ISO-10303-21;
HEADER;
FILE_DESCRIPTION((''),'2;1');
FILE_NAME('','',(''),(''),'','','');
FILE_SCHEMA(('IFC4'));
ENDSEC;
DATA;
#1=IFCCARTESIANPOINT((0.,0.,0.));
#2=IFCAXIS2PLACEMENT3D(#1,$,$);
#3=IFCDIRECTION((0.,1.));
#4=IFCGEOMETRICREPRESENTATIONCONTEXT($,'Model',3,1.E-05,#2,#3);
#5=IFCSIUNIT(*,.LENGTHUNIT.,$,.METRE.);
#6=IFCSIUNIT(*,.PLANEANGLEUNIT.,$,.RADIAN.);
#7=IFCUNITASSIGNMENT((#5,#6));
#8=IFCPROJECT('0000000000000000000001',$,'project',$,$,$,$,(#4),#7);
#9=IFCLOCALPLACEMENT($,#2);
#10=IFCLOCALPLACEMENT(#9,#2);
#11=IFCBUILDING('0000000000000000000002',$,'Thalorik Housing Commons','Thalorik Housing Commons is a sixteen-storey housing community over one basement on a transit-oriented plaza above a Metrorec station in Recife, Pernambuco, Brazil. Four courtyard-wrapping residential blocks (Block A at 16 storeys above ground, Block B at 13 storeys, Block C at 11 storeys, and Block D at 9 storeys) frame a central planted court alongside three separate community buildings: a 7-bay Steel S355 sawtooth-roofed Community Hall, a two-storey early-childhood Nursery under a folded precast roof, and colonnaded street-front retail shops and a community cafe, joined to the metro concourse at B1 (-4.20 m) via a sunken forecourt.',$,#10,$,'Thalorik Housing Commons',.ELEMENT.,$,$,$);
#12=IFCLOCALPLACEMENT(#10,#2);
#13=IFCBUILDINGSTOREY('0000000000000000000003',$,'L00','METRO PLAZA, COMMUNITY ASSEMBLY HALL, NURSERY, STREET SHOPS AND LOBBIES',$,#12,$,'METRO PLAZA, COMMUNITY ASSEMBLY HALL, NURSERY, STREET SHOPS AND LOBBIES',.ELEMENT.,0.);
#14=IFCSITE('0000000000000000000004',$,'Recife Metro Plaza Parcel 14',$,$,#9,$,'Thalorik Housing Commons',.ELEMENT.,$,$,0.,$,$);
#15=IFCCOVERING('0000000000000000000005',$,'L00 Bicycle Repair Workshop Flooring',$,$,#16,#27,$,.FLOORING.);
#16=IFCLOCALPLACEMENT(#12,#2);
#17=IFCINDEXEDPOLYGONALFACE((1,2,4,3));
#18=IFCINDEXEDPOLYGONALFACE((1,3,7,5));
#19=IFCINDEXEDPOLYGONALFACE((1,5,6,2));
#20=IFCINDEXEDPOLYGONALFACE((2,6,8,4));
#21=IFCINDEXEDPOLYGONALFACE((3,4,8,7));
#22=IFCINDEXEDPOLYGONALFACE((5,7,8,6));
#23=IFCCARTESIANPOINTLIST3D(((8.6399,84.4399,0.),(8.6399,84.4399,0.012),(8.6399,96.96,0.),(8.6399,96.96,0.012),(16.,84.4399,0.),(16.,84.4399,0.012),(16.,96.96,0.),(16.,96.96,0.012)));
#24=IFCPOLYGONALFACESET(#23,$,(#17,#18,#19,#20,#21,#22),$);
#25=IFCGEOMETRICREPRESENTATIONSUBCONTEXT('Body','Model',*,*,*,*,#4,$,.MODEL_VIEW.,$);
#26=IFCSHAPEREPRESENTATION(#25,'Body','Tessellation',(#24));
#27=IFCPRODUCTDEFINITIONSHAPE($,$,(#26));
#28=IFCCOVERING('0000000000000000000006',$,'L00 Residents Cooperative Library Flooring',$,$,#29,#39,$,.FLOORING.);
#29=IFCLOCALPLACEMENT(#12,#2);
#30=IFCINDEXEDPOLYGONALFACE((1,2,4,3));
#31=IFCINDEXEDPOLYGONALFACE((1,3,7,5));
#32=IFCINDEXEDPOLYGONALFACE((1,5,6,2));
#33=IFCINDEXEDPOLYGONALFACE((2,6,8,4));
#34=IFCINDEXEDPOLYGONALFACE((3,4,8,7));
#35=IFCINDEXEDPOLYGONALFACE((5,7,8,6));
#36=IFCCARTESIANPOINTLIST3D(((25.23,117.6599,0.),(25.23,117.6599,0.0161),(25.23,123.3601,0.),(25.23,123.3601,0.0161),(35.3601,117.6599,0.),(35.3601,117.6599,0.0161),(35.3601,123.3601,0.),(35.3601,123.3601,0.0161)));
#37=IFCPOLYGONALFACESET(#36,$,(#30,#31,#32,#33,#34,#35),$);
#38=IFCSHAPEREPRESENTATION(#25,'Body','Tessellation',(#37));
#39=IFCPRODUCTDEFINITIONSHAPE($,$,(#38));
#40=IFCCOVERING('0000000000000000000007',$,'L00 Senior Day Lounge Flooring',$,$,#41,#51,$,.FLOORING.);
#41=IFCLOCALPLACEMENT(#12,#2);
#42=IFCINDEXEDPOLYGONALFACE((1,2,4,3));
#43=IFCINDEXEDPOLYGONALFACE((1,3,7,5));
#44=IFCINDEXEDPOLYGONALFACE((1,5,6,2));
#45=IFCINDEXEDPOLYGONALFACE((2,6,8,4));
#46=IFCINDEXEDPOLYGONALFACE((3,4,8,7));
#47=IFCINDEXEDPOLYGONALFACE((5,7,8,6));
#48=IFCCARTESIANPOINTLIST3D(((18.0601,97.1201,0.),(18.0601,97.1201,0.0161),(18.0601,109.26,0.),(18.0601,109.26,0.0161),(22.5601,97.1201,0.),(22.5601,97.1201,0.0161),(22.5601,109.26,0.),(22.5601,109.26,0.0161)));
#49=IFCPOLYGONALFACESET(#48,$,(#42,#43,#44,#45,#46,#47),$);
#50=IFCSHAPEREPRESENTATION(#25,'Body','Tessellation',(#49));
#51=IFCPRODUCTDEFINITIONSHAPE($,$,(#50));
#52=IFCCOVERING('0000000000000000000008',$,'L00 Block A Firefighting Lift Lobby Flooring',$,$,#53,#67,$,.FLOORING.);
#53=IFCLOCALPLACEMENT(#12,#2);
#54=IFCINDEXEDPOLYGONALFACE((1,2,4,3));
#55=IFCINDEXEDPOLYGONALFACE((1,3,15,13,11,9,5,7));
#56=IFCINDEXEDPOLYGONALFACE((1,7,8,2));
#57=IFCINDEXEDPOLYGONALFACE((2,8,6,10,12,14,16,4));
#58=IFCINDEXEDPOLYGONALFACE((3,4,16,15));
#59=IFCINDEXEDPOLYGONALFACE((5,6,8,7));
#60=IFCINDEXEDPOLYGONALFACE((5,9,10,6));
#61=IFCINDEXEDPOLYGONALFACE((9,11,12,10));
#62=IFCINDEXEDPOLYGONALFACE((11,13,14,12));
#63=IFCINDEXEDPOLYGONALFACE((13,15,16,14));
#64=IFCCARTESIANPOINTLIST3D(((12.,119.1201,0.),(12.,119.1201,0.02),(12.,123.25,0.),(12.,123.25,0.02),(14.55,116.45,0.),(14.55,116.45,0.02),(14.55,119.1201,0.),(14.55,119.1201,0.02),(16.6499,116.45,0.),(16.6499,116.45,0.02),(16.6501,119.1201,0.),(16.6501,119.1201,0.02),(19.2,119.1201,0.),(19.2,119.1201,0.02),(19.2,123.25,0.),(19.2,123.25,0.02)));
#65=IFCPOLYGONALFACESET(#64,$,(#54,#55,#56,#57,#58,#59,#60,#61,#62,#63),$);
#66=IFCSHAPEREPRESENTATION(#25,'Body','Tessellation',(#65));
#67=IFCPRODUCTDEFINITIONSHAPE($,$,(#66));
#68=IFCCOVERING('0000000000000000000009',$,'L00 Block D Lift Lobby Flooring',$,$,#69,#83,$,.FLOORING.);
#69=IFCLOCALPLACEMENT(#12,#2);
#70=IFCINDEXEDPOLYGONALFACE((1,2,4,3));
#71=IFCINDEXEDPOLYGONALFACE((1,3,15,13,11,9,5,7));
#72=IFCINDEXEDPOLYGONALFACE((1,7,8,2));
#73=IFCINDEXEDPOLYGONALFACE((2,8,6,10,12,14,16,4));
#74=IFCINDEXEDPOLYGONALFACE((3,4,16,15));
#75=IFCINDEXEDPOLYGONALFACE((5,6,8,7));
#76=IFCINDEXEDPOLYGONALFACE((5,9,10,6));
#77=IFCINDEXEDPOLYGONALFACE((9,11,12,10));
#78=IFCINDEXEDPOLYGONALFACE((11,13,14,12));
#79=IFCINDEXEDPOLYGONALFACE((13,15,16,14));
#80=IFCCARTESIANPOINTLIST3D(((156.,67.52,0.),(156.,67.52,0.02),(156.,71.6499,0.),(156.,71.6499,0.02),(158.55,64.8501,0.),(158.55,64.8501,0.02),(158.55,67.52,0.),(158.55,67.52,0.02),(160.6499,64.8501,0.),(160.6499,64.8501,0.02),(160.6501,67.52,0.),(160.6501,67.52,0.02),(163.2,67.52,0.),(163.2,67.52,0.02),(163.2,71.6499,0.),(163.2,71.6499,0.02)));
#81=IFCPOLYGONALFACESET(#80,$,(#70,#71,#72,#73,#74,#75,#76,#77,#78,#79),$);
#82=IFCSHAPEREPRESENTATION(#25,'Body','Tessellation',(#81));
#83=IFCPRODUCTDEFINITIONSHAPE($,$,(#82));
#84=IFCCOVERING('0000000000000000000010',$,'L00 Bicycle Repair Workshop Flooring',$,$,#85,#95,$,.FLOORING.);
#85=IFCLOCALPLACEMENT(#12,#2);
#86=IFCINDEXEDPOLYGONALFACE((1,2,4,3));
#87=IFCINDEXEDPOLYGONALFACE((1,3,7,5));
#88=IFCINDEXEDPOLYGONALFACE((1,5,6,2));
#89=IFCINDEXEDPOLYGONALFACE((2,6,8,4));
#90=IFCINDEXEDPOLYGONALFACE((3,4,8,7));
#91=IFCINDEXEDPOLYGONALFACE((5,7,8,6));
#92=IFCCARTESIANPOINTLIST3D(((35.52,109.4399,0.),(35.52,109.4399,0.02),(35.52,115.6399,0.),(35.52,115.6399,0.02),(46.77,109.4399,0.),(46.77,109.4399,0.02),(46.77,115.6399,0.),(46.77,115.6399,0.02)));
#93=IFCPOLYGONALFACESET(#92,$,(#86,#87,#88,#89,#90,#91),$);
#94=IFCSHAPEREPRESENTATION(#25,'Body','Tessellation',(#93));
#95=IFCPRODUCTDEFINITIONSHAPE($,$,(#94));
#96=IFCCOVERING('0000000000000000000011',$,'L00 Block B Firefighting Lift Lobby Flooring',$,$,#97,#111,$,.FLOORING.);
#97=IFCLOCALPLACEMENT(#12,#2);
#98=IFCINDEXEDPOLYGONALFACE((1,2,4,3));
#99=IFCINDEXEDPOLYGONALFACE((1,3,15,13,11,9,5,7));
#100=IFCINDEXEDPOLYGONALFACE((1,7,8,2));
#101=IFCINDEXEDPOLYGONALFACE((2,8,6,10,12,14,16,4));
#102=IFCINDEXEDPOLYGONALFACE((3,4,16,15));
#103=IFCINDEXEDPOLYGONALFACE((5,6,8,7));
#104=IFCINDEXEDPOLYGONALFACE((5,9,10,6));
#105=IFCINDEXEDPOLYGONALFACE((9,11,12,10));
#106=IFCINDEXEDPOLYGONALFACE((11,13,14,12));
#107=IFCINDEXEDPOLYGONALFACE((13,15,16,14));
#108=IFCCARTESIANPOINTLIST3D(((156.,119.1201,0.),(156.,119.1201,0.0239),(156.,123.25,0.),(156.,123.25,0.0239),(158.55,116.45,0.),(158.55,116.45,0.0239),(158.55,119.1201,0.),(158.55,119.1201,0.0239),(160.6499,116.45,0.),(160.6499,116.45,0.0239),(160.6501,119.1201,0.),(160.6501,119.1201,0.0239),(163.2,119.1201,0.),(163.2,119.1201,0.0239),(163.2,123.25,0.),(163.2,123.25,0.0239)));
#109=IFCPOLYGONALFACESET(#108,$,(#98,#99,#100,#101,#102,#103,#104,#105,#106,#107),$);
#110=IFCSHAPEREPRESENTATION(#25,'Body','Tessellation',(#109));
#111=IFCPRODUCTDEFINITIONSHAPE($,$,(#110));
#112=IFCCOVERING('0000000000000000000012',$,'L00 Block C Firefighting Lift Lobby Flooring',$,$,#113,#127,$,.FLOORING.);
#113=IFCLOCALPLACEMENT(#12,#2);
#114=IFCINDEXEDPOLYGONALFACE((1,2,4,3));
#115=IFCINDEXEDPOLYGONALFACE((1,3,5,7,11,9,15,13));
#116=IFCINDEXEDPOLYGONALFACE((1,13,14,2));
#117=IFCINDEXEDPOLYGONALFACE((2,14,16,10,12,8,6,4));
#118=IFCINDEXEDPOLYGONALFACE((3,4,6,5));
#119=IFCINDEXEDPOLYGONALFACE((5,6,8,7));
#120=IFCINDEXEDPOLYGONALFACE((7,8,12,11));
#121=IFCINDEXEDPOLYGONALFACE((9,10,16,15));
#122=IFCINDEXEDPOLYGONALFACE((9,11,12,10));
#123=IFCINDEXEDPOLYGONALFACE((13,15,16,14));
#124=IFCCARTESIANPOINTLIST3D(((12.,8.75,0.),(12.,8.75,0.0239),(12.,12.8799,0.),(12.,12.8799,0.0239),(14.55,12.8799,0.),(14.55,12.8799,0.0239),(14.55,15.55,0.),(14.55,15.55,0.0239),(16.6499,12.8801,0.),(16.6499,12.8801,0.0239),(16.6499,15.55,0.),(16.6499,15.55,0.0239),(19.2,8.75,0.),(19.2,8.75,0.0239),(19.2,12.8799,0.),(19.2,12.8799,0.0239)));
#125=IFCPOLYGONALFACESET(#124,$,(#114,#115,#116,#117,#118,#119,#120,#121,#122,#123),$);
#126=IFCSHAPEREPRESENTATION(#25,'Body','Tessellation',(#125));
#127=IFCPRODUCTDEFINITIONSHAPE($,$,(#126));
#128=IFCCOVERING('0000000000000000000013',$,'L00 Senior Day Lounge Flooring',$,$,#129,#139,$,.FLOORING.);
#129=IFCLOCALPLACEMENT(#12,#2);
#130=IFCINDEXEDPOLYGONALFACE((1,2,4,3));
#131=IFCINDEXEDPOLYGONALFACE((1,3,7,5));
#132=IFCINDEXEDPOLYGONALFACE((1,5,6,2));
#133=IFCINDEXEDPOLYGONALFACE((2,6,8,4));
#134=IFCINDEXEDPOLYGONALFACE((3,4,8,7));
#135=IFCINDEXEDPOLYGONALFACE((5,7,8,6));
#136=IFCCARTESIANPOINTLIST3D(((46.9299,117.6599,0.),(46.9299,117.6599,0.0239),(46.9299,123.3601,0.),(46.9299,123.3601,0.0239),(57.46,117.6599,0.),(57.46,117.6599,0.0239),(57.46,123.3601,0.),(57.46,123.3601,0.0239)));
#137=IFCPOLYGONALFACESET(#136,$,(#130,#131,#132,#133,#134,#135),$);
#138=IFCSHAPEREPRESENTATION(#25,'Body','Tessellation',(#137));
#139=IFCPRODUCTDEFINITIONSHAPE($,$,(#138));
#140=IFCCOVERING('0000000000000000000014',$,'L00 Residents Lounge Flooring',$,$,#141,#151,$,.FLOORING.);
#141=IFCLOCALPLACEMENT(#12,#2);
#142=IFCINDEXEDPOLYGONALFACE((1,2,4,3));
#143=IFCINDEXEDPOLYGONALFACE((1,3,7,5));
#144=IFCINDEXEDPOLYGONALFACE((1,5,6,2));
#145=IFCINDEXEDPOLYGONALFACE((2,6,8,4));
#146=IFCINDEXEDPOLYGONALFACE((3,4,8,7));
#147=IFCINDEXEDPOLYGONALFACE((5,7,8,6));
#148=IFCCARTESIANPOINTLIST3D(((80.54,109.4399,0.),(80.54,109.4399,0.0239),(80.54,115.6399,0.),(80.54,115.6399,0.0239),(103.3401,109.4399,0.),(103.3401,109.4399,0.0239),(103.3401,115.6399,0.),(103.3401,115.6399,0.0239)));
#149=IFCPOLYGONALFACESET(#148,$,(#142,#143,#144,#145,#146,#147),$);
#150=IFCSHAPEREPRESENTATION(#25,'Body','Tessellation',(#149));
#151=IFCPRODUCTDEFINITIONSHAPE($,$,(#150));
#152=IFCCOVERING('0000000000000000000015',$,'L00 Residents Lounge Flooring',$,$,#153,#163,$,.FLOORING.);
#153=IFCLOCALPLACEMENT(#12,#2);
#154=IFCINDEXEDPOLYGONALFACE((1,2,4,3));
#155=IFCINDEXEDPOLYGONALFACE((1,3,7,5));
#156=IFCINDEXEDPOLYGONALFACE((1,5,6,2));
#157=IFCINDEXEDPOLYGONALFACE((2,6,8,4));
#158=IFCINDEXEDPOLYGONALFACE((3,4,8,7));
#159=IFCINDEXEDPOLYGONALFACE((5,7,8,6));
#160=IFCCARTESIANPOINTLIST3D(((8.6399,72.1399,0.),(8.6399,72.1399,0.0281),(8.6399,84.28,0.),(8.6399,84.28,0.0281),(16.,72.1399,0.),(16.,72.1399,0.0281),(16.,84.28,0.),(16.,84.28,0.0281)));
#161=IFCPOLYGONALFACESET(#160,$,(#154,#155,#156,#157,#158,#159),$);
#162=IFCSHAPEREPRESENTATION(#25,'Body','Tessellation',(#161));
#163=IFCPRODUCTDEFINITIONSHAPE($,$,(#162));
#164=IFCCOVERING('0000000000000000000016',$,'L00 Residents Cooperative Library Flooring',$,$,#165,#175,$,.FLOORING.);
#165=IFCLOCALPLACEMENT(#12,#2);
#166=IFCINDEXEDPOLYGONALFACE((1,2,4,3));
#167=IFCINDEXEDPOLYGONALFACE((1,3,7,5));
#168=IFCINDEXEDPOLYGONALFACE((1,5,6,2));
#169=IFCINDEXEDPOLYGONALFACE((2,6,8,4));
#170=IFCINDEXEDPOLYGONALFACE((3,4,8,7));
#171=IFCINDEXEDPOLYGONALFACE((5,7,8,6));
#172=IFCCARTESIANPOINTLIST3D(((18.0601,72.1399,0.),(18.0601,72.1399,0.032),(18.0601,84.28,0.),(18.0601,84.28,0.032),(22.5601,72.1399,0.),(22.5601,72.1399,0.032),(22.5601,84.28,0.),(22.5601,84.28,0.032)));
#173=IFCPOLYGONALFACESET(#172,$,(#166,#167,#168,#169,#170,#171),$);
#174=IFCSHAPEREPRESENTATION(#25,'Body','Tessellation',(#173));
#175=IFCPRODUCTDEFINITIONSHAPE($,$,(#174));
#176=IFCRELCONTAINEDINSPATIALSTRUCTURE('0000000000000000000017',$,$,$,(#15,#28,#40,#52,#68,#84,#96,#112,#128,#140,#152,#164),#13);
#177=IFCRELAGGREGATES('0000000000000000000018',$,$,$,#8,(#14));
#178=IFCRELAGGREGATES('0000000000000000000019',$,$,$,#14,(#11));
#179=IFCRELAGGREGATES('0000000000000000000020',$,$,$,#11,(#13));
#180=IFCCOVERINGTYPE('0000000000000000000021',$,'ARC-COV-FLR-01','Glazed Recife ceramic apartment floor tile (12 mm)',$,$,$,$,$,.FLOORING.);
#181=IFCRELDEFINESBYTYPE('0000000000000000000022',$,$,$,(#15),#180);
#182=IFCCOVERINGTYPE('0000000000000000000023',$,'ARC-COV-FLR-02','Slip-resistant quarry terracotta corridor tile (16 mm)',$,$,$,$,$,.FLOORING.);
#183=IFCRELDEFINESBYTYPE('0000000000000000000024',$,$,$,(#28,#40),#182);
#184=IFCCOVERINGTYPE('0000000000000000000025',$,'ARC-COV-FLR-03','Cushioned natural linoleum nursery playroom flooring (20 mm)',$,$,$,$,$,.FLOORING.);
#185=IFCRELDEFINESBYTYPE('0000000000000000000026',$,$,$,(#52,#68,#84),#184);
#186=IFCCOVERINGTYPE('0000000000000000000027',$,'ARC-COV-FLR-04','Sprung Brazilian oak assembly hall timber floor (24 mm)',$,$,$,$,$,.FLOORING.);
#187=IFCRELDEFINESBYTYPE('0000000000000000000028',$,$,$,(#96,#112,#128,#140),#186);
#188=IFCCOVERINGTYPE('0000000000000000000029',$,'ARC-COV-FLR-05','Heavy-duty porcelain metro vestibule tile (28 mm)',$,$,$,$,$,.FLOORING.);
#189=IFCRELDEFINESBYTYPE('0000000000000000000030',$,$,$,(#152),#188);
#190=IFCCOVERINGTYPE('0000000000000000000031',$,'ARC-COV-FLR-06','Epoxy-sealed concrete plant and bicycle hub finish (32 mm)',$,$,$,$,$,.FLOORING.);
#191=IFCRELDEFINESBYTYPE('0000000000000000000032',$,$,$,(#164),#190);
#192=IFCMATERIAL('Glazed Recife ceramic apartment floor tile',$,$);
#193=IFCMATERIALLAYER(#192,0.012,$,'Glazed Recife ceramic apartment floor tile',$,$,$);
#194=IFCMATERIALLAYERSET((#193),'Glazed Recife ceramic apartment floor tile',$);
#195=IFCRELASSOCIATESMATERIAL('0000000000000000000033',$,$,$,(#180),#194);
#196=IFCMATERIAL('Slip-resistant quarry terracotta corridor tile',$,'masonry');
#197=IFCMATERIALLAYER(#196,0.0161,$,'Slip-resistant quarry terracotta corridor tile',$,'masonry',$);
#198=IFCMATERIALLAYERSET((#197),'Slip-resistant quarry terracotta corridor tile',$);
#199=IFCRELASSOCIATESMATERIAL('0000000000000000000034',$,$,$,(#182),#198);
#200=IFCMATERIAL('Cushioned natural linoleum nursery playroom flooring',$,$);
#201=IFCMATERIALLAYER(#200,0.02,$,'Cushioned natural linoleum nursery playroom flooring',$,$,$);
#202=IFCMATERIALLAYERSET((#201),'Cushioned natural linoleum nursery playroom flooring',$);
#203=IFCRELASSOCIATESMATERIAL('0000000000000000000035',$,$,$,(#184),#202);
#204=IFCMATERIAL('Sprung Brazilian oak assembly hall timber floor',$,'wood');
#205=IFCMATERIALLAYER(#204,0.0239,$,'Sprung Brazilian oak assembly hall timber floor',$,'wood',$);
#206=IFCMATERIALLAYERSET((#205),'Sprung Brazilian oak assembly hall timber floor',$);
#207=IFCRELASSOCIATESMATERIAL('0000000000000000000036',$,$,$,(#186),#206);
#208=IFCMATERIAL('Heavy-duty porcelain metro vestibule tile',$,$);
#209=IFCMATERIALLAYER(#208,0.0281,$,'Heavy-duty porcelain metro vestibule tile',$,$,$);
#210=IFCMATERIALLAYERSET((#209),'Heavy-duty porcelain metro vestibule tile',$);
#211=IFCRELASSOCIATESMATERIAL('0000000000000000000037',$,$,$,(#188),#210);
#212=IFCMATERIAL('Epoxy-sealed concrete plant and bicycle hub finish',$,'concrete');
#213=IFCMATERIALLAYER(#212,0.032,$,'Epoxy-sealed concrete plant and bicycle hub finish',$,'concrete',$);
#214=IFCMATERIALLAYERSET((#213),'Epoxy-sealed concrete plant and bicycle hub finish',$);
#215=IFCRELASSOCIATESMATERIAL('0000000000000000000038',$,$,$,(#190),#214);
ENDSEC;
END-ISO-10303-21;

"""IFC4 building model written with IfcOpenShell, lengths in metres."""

from ifc_helpers import new_model, si_unit, direction, origin, place, context, subcontext, project, spatial, polyline, outline, extrude, material, layer, layer_set, type_object, element, save


model = new_model("IFC4")

# Units and contexts
model_context = context("Model", 3, precision=1e-05, world=origin(), true_north=direction((0.0, 1.0)))
body_context = subcontext(model_context, "Body", "Model", "MODEL_VIEW")
ifc_project = project(units=[si_unit("LENGTHUNIT", "METRE"), si_unit("PLANEANGLEUNIT", "RADIAN")], contexts=[model_context])

# Site, building, storey
site_placement = place(None, origin())
site = spatial("IfcSite", under=ifc_project, at=site_placement, Name="Recife Metro Plaza Parcel 14", LongName="Thalorik Housing Commons", CompositionType="ELEMENT", RefElevation=0.0)
building_placement = place(site_placement, origin())
building = spatial("IfcBuilding", under=site, at=building_placement, Name="Thalorik Housing Commons", Description="Thalorik Housing Commons is a sixteen-storey housing community over one basement on a transit-oriented plaza above a Metrorec station in Recife, Pernambuco, Brazil. Four courtyard-wrapping residential blocks (Block A at 16 storeys above ground, Block B at 13 storeys, Block C at 11 storeys, and Block D at 9 storeys) frame a central planted court alongside three separate community buildings: a 7-bay Steel S355 sawtooth-roofed Community Hall, a two-storey early-childhood Nursery under a folded precast roof, and colonnaded street-front retail shops and a community cafe, joined to the metro concourse at B1 (-4.20 m) via a sunken forecourt.", LongName="Thalorik Housing Commons", CompositionType="ELEMENT")
storey_placement = place(building_placement, origin())
storey = spatial("IfcBuildingStorey", under=building, at=storey_placement, Name="L00", Description="METRO PLAZA, COMMUNITY ASSEMBLY HALL, NURSERY, STREET SHOPS AND LOBBIES", LongName="METRO PLAZA, COMMUNITY ASSEMBLY HALL, NURSERY, STREET SHOPS AND LOBBIES", CompositionType="ELEMENT", Elevation=0.0)

# Coverings
ifc_material_1 = material(Name="Glazed Recife ceramic apartment floor tile")
ifc_layer_1 = layer(ifc_material_1, 0.012, Name="Glazed Recife ceramic apartment floor tile")
ifc_layer_set_1 = layer_set([ifc_layer_1], Name="Glazed Recife ceramic apartment floor tile")
covering_type_1 = type_object("IfcCoveringType", Name="ARC-COV-FLR-01", Description="Glazed Recife ceramic apartment floor tile (12 mm)", PredefinedType="FLOORING", material=ifc_layer_set_1)
covering_1_placement = place(storey_placement, origin())
element("IfcCovering", 1, at=covering_1_placement, inside=storey, type_object=covering_type_1, Name="L00 Bicycle Repair Workshop Flooring", PredefinedType="FLOORING", context=body_context, shape_type="SweptSolid", body=[
    extrude(outline(polyline([(16.0, 96.96), (8.6399, 96.96), (8.6399, 84.4399), (16.0, 84.4399), (16.0, 96.96)])), origin(), (0.0, 0.0, 1.0), 0.012),
])
ifc_material_2 = material(Name="Slip-resistant quarry terracotta corridor tile", Category="masonry")
ifc_layer_2 = layer(ifc_material_2, 0.0161, Name="Slip-resistant quarry terracotta corridor tile", Category="masonry")
ifc_layer_set_2 = layer_set([ifc_layer_2], Name="Slip-resistant quarry terracotta corridor tile")
covering_type_2 = type_object("IfcCoveringType", Name="ARC-COV-FLR-02", Description="Slip-resistant quarry terracotta corridor tile (16 mm)", PredefinedType="FLOORING", material=ifc_layer_set_2)
covering_2_placement = place(storey_placement, origin())
element("IfcCovering", 2, at=covering_2_placement, inside=storey, type_object=covering_type_2, Name="L00 Residents Cooperative Library Flooring", PredefinedType="FLOORING", context=body_context, shape_type="SweptSolid", body=[
    extrude(outline(polyline([(35.3601, 117.6599), (35.3601, 123.3601), (25.23, 123.3601), (25.23, 117.6599), (35.3601, 117.6599)])), origin(), (0.0, 0.0, 1.0), 0.0161),
])
covering_3_placement = place(storey_placement, origin())
element("IfcCovering", 3, at=covering_3_placement, inside=storey, type_object=covering_type_2, Name="L00 Senior Day Lounge Flooring", PredefinedType="FLOORING", context=body_context, shape_type="SweptSolid", body=[
    extrude(outline(polyline([(22.5601, 109.26), (18.0601, 109.26), (18.0601, 97.1201), (22.5601, 97.1201), (22.5601, 109.26)])), origin(), (0.0, 0.0, 1.0), 0.0161),
])
ifc_material_3 = material(Name="Cushioned natural linoleum nursery playroom flooring")
ifc_layer_3 = layer(ifc_material_3, 0.02, Name="Cushioned natural linoleum nursery playroom flooring")
ifc_layer_set_3 = layer_set([ifc_layer_3], Name="Cushioned natural linoleum nursery playroom flooring")
covering_type_3 = type_object("IfcCoveringType", Name="ARC-COV-FLR-03", Description="Cushioned natural linoleum nursery playroom flooring (20 mm)", PredefinedType="FLOORING", material=ifc_layer_set_3)
covering_4_placement = place(storey_placement, origin())
element("IfcCovering", 4, at=covering_4_placement, inside=storey, type_object=covering_type_3, Name="L00 Block A Firefighting Lift Lobby Flooring", PredefinedType="FLOORING", context=body_context, shape_type="SweptSolid", body=[
    extrude(outline(polyline([(14.55, 116.45), (16.6499, 116.45), (16.6501, 119.1201), (19.2, 119.1201), (19.2, 123.25), (12.0, 123.25), (12.0, 119.1201), (14.55, 119.1201), (14.55, 116.45)])), origin(), (0.0, 0.0, 1.0), 0.02),
])
covering_5_placement = place(storey_placement, origin())
element("IfcCovering", 5, at=covering_5_placement, inside=storey, type_object=covering_type_3, Name="L00 Block D Lift Lobby Flooring", PredefinedType="FLOORING", context=body_context, shape_type="SweptSolid", body=[
    extrude(outline(polyline([(158.55, 64.8501), (160.6499, 64.8501), (160.6501, 67.52), (163.2, 67.52), (163.2, 71.6499), (156.0, 71.6499), (156.0, 67.52), (158.55, 67.52), (158.55, 64.8501)])), origin(), (0.0, 0.0, 1.0), 0.02),
])
covering_6_placement = place(storey_placement, origin())
element("IfcCovering", 6, at=covering_6_placement, inside=storey, type_object=covering_type_3, Name="L00 Bicycle Repair Workshop Flooring", PredefinedType="FLOORING", context=body_context, shape_type="SweptSolid", body=[
    extrude(outline(polyline([(46.77, 109.4399), (46.77, 115.6399), (35.52, 115.6399), (35.52, 109.4399), (46.77, 109.4399)])), origin(), (0.0, 0.0, 1.0), 0.02),
])
ifc_material_4 = material(Name="Sprung Brazilian oak assembly hall timber floor", Category="wood")
ifc_layer_4 = layer(ifc_material_4, 0.0239, Name="Sprung Brazilian oak assembly hall timber floor", Category="wood")
ifc_layer_set_4 = layer_set([ifc_layer_4], Name="Sprung Brazilian oak assembly hall timber floor")
covering_type_4 = type_object("IfcCoveringType", Name="ARC-COV-FLR-04", Description="Sprung Brazilian oak assembly hall timber floor (24 mm)", PredefinedType="FLOORING", material=ifc_layer_set_4)
covering_7_placement = place(storey_placement, origin())
element("IfcCovering", 7, at=covering_7_placement, inside=storey, type_object=covering_type_4, Name="L00 Block B Firefighting Lift Lobby Flooring", PredefinedType="FLOORING", context=body_context, shape_type="SweptSolid", body=[
    extrude(outline(polyline([(158.55, 116.45), (160.6499, 116.45), (160.6501, 119.1201), (163.2, 119.1201), (163.2, 123.25), (156.0, 123.25), (156.0, 119.1201), (158.55, 119.1201), (158.55, 116.45)])), origin(), (0.0, 0.0, 1.0), 0.0239),
])
covering_8_placement = place(storey_placement, origin())
element("IfcCovering", 8, at=covering_8_placement, inside=storey, type_object=covering_type_4, Name="L00 Block C Firefighting Lift Lobby Flooring", PredefinedType="FLOORING", context=body_context, shape_type="SweptSolid", body=[
    extrude(outline(polyline([(12.0, 12.8799), (12.0, 8.75), (19.2, 8.75), (19.2, 12.8799), (16.6499, 12.8801), (16.6499, 15.55), (14.55, 15.55), (14.55, 12.8799), (12.0, 12.8799)])), origin(), (0.0, 0.0, 1.0), 0.0239),
])
covering_9_placement = place(storey_placement, origin())
element("IfcCovering", 9, at=covering_9_placement, inside=storey, type_object=covering_type_4, Name="L00 Senior Day Lounge Flooring", PredefinedType="FLOORING", context=body_context, shape_type="SweptSolid", body=[
    extrude(outline(polyline([(57.46, 117.6599), (57.46, 123.3601), (46.9299, 123.3601), (46.9299, 117.6599), (57.46, 117.6599)])), origin(), (0.0, 0.0, 1.0), 0.0239),
])
covering_10_placement = place(storey_placement, origin())
element("IfcCovering", 10, at=covering_10_placement, inside=storey, type_object=covering_type_4, Name="L00 Residents Lounge Flooring", PredefinedType="FLOORING", context=body_context, shape_type="SweptSolid", body=[
    extrude(outline(polyline([(103.3401, 109.4399), (103.3401, 115.6399), (80.54, 115.6399), (80.54, 109.4399), (103.3401, 109.4399)])), origin(), (0.0, 0.0, 1.0), 0.0239),
])
ifc_material_5 = material(Name="Heavy-duty porcelain metro vestibule tile")
ifc_layer_5 = layer(ifc_material_5, 0.0281, Name="Heavy-duty porcelain metro vestibule tile")
ifc_layer_set_5 = layer_set([ifc_layer_5], Name="Heavy-duty porcelain metro vestibule tile")
covering_type_5 = type_object("IfcCoveringType", Name="ARC-COV-FLR-05", Description="Heavy-duty porcelain metro vestibule tile (28 mm)", PredefinedType="FLOORING", material=ifc_layer_set_5)
covering_11_placement = place(storey_placement, origin())
element("IfcCovering", 11, at=covering_11_placement, inside=storey, type_object=covering_type_5, Name="L00 Residents Lounge Flooring", PredefinedType="FLOORING", context=body_context, shape_type="SweptSolid", body=[
    extrude(outline(polyline([(16.0, 84.28), (8.6399, 84.28), (8.6399, 72.1399), (16.0, 72.1399), (16.0, 84.28)])), origin(), (0.0, 0.0, 1.0), 0.0281),
])
ifc_material_6 = material(Name="Epoxy-sealed concrete plant and bicycle hub finish", Category="concrete")
ifc_layer_6 = layer(ifc_material_6, 0.032, Name="Epoxy-sealed concrete plant and bicycle hub finish", Category="concrete")
ifc_layer_set_6 = layer_set([ifc_layer_6], Name="Epoxy-sealed concrete plant and bicycle hub finish")
covering_type_6 = type_object("IfcCoveringType", Name="ARC-COV-FLR-06", Description="Epoxy-sealed concrete plant and bicycle hub finish (32 mm)", PredefinedType="FLOORING", material=ifc_layer_set_6)
covering_12_placement = place(storey_placement, origin())
element("IfcCovering", 12, at=covering_12_placement, inside=storey, type_object=covering_type_6, Name="L00 Residents Cooperative Library Flooring", PredefinedType="FLOORING", context=body_context, shape_type="SweptSolid", body=[
    extrude(outline(polyline([(22.5601, 84.28), (18.0601, 84.28), (18.0601, 72.1399), (22.5601, 72.1399), (22.5601, 84.28)])), origin(), (0.0, 0.0, 1.0), 0.032),
])

save(model, "model.ifc")
